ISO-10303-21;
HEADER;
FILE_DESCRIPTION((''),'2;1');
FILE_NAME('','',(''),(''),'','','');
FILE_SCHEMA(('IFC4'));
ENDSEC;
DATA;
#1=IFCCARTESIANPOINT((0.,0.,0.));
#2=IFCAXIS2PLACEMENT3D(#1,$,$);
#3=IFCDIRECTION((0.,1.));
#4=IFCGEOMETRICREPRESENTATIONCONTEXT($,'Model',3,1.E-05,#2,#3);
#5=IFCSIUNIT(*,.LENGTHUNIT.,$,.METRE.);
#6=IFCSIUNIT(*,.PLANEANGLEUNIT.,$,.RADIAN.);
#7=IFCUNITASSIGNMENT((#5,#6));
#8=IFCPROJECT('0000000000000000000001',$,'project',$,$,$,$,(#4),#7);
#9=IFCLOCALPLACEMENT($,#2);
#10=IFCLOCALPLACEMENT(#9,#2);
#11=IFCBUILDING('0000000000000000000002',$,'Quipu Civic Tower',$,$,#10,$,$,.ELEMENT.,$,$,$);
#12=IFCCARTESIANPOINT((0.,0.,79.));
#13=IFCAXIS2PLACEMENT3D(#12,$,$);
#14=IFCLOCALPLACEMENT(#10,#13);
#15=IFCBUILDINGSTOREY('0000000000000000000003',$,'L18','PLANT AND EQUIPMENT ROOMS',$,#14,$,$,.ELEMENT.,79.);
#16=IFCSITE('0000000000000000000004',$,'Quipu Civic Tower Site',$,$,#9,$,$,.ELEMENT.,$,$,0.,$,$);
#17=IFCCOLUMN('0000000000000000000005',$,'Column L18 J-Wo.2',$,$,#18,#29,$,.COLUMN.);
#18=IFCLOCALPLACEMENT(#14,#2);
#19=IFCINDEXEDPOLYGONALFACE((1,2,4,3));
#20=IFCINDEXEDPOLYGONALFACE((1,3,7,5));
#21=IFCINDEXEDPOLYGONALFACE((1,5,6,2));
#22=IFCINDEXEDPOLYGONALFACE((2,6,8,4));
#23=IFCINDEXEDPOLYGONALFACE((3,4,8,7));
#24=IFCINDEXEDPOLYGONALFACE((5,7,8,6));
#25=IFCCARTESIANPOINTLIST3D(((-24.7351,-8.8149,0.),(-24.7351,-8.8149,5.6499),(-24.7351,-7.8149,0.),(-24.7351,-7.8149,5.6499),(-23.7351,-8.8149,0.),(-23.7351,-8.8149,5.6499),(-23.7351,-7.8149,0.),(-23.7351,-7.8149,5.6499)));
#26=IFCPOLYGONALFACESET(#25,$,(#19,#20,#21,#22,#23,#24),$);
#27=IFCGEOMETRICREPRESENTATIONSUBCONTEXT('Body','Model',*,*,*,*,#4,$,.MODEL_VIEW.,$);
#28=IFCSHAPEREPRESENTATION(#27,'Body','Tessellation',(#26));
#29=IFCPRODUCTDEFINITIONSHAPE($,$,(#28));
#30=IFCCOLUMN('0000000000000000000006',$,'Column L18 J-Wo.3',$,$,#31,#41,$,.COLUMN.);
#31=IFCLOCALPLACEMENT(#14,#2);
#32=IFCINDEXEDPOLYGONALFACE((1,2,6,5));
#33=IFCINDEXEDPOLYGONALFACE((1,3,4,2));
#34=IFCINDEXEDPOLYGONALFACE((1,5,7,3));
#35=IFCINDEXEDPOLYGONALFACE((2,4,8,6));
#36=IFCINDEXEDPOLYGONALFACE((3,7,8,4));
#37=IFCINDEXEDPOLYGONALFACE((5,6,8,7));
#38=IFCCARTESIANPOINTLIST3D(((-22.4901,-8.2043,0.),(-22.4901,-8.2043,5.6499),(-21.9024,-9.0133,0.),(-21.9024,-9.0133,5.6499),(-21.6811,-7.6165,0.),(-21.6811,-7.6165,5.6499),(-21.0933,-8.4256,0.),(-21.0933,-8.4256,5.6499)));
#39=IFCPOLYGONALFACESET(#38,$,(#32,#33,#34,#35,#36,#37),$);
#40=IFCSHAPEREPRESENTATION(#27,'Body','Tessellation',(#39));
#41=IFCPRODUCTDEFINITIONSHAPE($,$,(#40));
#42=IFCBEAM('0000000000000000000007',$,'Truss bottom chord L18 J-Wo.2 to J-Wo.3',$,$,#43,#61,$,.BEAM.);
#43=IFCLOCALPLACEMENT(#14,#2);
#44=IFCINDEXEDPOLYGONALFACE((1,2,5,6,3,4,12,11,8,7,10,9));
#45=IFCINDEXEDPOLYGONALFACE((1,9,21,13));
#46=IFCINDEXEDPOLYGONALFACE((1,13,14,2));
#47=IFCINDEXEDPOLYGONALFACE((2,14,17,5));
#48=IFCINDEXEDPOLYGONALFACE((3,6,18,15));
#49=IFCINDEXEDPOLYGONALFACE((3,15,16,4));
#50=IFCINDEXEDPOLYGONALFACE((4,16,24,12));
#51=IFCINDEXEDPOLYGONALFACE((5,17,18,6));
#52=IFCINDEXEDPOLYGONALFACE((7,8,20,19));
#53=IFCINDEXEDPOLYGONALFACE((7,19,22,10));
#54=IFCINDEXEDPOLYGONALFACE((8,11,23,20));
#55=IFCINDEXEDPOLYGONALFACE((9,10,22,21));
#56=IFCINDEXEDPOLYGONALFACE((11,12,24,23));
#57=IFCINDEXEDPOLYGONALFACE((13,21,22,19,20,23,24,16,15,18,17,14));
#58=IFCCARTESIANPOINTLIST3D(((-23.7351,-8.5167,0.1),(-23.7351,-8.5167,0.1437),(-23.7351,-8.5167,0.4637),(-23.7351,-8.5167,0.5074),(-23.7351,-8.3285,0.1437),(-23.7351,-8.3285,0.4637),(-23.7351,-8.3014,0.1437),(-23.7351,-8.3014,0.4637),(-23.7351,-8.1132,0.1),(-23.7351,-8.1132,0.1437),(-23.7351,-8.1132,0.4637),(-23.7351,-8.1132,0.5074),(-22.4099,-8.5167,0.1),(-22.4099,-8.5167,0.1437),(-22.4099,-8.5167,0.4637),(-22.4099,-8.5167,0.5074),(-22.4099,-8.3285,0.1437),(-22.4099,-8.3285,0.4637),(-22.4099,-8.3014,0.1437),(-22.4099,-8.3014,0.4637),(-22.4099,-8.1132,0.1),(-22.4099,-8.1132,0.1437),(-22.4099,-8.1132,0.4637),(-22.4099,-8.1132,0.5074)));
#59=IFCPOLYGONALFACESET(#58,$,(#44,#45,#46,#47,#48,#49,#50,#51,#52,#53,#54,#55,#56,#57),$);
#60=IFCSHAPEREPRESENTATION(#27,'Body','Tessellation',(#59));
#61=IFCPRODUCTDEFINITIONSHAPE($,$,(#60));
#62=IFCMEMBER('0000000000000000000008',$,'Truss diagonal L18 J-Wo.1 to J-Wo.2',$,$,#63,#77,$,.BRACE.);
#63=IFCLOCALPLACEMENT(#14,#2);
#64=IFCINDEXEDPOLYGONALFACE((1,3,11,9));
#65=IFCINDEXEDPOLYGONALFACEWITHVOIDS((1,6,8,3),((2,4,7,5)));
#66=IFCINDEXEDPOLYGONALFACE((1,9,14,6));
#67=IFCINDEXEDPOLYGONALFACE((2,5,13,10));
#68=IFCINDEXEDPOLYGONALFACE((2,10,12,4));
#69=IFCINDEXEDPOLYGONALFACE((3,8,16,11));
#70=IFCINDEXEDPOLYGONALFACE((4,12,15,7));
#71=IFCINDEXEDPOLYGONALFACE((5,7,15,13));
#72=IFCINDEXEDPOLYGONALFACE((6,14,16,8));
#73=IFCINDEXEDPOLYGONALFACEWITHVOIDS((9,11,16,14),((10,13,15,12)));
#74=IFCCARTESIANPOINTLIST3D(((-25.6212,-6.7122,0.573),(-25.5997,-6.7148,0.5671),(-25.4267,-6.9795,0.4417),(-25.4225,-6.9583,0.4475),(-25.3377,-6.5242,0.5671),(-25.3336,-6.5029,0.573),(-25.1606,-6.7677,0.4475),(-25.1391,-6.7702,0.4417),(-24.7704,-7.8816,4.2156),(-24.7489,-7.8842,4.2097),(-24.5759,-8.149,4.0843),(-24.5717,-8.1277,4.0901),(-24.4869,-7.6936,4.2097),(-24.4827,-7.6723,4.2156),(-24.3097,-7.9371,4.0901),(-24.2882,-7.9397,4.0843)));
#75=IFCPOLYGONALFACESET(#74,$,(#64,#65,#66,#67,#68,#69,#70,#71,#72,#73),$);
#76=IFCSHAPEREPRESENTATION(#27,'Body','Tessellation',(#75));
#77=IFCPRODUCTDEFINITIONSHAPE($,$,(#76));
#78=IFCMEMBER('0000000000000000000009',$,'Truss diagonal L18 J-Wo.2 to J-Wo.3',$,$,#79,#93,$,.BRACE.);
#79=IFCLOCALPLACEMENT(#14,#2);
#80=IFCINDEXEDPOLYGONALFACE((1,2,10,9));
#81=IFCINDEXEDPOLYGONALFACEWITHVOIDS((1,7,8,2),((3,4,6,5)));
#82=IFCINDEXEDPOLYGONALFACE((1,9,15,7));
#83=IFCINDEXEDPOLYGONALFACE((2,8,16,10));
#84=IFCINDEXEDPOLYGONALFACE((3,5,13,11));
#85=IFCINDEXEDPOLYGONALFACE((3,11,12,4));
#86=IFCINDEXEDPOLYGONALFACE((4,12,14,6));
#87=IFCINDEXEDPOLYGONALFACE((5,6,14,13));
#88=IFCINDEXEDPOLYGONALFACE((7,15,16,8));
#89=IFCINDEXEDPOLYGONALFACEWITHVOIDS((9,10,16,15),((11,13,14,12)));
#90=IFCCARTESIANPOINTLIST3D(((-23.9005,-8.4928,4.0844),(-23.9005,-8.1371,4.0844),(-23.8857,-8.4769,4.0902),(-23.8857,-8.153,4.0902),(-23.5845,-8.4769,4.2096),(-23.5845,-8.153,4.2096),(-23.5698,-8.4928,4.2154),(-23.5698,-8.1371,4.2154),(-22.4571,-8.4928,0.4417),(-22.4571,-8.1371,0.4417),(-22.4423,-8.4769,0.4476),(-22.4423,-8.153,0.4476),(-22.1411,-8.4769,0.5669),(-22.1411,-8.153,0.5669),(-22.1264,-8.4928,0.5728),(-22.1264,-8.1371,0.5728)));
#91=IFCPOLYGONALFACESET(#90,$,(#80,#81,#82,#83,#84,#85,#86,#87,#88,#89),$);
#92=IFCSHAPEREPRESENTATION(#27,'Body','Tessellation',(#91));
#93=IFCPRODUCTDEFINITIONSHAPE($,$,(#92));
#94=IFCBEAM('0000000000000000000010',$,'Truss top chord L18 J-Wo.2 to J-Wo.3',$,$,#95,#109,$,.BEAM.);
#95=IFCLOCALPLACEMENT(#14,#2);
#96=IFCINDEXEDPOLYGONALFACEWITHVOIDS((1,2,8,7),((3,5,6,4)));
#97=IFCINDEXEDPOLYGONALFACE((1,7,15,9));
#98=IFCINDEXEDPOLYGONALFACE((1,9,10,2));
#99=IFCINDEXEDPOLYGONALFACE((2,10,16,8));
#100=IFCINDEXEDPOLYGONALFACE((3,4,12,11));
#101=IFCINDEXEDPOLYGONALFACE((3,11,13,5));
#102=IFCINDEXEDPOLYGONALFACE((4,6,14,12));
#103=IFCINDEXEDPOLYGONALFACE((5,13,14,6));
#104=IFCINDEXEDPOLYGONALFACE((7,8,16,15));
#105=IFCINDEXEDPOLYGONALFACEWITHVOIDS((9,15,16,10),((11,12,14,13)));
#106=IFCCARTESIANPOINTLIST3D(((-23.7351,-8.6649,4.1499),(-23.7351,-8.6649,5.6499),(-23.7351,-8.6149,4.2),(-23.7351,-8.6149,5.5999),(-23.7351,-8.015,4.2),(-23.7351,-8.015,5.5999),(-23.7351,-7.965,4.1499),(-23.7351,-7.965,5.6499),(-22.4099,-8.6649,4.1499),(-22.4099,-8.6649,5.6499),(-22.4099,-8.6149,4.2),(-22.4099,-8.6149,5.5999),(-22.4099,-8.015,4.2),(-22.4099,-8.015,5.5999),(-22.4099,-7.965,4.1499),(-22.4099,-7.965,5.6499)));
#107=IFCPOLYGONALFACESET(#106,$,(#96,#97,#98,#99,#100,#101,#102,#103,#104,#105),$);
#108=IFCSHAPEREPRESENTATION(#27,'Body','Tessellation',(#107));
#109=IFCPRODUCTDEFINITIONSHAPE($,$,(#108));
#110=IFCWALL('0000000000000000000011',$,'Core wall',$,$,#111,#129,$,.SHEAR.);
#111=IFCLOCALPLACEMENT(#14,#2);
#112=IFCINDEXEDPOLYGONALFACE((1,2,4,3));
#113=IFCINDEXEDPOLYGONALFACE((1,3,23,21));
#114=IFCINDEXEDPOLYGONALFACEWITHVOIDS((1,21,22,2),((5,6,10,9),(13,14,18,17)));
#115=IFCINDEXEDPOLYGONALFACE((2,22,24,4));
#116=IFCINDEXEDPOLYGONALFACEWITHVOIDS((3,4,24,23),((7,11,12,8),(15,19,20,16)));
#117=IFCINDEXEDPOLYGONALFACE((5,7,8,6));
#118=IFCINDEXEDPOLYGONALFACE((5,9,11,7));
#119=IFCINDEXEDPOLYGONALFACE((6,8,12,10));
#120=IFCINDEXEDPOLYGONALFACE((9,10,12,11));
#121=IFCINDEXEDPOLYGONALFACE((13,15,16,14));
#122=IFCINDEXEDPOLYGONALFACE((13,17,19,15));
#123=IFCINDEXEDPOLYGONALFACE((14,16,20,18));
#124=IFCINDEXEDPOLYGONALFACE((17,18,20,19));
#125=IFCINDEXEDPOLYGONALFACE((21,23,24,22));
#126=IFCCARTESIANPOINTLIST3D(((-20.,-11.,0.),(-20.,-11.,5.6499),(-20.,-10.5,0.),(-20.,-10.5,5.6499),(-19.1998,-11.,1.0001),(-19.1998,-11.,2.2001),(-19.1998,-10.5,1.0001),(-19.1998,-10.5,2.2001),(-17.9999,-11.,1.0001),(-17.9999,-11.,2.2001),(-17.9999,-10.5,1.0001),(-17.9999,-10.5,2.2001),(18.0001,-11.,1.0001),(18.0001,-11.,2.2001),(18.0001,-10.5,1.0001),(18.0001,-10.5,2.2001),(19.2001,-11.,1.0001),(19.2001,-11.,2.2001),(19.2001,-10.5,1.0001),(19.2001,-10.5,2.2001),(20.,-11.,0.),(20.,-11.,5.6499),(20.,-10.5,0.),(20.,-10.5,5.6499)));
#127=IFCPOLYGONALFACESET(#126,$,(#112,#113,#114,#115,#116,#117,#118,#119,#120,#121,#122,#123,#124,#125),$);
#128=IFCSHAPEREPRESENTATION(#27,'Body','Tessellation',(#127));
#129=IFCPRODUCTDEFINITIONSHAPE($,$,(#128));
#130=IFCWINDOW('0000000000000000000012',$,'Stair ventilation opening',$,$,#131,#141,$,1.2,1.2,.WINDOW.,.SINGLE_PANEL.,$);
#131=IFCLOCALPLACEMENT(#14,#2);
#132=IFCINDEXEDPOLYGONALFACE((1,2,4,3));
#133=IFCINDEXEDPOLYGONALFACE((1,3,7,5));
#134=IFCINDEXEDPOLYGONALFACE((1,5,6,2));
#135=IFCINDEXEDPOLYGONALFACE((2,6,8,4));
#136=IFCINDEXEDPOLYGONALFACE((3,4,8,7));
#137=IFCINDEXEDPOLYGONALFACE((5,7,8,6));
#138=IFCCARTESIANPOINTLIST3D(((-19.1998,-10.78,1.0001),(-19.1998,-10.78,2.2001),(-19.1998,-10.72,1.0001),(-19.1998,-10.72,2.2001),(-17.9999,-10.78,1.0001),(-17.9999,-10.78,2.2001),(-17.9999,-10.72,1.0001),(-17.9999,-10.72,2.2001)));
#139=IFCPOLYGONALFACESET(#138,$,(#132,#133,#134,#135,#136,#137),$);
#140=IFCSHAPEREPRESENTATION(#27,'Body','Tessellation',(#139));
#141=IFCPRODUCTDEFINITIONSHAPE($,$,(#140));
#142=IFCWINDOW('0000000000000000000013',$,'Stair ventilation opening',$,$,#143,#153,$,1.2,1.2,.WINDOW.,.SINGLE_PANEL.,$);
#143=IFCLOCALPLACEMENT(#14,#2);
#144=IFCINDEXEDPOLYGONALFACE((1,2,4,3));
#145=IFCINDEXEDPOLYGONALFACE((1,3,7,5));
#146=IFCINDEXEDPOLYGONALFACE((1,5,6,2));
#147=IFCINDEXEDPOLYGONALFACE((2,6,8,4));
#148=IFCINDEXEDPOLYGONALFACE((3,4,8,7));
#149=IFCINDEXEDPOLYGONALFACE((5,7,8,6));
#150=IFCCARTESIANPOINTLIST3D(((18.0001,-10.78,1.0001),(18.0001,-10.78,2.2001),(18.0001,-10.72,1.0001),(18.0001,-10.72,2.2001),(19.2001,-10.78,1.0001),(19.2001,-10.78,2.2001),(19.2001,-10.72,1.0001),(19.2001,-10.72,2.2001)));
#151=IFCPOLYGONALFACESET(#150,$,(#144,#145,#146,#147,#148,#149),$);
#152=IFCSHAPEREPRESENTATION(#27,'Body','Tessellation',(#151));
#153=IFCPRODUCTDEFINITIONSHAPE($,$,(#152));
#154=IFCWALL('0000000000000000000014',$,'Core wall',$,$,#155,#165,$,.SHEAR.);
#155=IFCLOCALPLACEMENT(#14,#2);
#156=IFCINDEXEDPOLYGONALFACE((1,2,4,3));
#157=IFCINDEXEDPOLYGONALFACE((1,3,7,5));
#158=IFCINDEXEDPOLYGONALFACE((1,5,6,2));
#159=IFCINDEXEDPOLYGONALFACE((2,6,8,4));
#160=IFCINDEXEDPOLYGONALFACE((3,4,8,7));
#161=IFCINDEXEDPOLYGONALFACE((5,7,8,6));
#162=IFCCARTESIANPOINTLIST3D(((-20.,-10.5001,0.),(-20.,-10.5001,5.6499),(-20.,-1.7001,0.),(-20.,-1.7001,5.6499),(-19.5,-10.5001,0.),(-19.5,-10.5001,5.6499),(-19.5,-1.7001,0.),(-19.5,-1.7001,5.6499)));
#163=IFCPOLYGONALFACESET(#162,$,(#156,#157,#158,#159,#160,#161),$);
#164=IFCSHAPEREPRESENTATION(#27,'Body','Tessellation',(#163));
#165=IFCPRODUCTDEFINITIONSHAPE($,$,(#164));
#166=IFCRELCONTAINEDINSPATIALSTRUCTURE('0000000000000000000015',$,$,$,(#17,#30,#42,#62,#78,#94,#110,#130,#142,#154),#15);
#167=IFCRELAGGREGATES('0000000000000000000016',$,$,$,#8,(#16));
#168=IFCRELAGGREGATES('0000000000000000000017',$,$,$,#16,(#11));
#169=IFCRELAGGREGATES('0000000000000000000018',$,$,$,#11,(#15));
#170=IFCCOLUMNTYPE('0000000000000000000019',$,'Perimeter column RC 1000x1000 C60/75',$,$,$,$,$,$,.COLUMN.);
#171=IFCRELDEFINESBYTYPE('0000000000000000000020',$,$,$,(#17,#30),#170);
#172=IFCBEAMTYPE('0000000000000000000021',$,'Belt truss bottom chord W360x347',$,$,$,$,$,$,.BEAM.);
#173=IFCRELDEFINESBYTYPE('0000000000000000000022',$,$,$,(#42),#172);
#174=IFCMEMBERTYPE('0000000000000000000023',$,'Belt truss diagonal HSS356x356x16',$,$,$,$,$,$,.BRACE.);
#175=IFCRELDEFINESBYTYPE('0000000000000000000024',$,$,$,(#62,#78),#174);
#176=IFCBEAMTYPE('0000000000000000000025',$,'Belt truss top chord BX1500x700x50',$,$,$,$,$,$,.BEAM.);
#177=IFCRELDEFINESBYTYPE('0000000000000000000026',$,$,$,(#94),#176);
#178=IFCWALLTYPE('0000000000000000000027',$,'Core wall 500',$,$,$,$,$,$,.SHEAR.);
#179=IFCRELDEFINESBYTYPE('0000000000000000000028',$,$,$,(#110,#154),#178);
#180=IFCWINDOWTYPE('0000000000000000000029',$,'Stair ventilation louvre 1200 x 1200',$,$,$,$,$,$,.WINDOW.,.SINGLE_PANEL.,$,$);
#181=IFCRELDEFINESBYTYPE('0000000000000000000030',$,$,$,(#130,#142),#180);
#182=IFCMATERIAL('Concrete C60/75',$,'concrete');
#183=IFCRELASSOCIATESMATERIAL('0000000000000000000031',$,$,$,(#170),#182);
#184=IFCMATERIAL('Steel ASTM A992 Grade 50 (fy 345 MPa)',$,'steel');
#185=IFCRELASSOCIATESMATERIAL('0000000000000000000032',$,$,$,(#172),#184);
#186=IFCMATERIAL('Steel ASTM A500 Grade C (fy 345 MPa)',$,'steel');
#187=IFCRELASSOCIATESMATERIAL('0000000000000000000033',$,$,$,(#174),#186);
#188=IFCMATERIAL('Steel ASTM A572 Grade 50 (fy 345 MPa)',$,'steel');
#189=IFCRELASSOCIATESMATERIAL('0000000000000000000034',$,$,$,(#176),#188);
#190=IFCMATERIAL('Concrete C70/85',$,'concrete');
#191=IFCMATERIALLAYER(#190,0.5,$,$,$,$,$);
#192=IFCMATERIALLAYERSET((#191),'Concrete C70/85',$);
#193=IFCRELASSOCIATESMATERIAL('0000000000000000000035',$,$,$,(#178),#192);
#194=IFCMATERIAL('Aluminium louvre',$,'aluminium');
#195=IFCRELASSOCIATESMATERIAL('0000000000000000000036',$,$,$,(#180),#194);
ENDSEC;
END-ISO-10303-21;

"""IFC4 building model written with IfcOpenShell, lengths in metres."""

from ifc_helpers import new_model, si_unit, direction, frame, frame_2d, origin, origin_2d, place, context, subcontext, project, spatial, rectangle, hollow_rectangle, i_section, extrude, material, layer, layer_set, material_profile, profile_set, type_object, element, fill, save


model = new_model("IFC4")

# Units and contexts
model_context = context("Model", 3, precision=1e-05, world=origin(), true_north=direction((0.0, 1.0)))
body_context = subcontext(model_context, "Body", "Model", "MODEL_VIEW")
ifc_project = project(units=[si_unit("LENGTHUNIT", "METRE"), si_unit("PLANEANGLEUNIT", "RADIAN")], contexts=[model_context])

# Site, building, storey
site_placement = place(None, origin())
site = spatial("IfcSite", under=ifc_project, at=site_placement, Name="Quipu Civic Tower Site", CompositionType="ELEMENT", RefElevation=0.0)
building_placement = place(site_placement, origin())
building = spatial("IfcBuilding", under=site, at=building_placement, Name="Quipu Civic Tower", CompositionType="ELEMENT")
storey_placement = place(building_placement, frame((0.0, 0.0, 79.0)))
storey = spatial("IfcBuildingStorey", under=building, at=storey_placement, Name="L18", Description="PLANT AND EQUIPMENT ROOMS", CompositionType="ELEMENT", Elevation=79.0)

# Columns
ifc_material_1 = material(Name="Concrete C60/75", Category="concrete")
ifc_material_profile_1 = material_profile(ifc_material_1, rectangle(XDim=1.0, YDim=1.0, at=origin_2d()), Name="RC1000x1000")
ifc_profile_set_1 = profile_set([ifc_material_profile_1], Name="Concrete C60/75")
column_type = type_object("IfcColumnType", Name="Perimeter column RC 1000x1000 C60/75", PredefinedType="COLUMN", material=ifc_profile_set_1)
for number, where, z_axis, x_axis, name in (
    (1, (-24.2351, -8.3149, 0.0), (0.0, 0.0, 1.0), (1.0, 0.0, 0.0), "Column L18 J-Wo.2"),
    (2, (-21.7917, -8.3149, 0.0), (0.0, 0.0, 1.0), (0.587785, -0.809017, 0.0), "Column L18 J-Wo.3"),
):
    element("IfcColumn", number, at=place(storey_placement, frame(where, z_axis=z_axis, x_axis=x_axis)), inside=storey, type_object=column_type, Name=name, PredefinedType="COLUMN", context=body_context, shape_type="SweptSolid", body=[
        extrude(rectangle(XDim=1.0, YDim=1.0, at=origin_2d()), origin(), (0.0, 0.0, 1.0), 5.6499),
    ])

# Beam
ifc_material_2 = material(Name="Steel ASTM A992 Grade 50 (fy 345 MPa)", Category="steel")
ifc_material_profile_2 = material_profile(ifc_material_2, i_section(OverallWidth=0.4036, OverallDepth=0.4075, WebThickness=0.0271, FlangeThickness=0.0437, at=origin_2d()), Name="W360x347")
ifc_profile_set_2 = profile_set([ifc_material_profile_2], Name="Steel ASTM A992 Grade 50 (fy 345 MPa)")
beam_type_1 = type_object("IfcBeamType", Name="Belt truss bottom chord W360x347", PredefinedType="BEAM", material=ifc_profile_set_2)
beam_1_placement = place(storey_placement, frame((-23.7351, -8.3149, 0.3037), z_axis=(1.0, 0.0, 0.0), x_axis=(0.0, 1.0, 0.0)))
element("IfcBeam", 3, at=beam_1_placement, inside=storey, type_object=beam_type_1, Name="Truss bottom chord L18 J-Wo.2 to J-Wo.3", PredefinedType="BEAM", context=body_context, shape_type="SweptSolid", body=[
    extrude(i_section(OverallWidth=0.4036, OverallDepth=0.4075, WebThickness=0.0271, FlangeThickness=0.0437, at=origin_2d()), origin(), (0.0, 0.0, 1.0), 1.3252),
])

# Members
ifc_material_3 = material(Name="Steel ASTM A500 Grade C (fy 345 MPa)", Category="steel")
ifc_material_profile_3 = material_profile(ifc_material_3, hollow_rectangle(XDim=0.3557, YDim=0.3557, WallThickness=0.0159, at=origin_2d()), Name="HSS356x356x16")
ifc_profile_set_3 = profile_set([ifc_material_profile_3], Name="Steel ASTM A500 Grade C (fy 345 MPa)")
member_type = type_object("IfcMemberType", Name="Belt truss diagonal HSS356x356x16", PredefinedType="BRACE", material=ifc_profile_set_3)
member_1_placement = place(storey_placement, frame((-25.3801, -6.7412, 0.5073), z_axis=(0.217095, -0.298388, 0.929427), x_axis=(0.808627, 0.588322, 0.0)))
element("IfcMember", 4, at=member_1_placement, inside=storey, type_object=member_type, Name="Truss diagonal L18 J-Wo.1 to J-Wo.2", PredefinedType="BRACE", context=body_context, shape_type="SweptSolid", body=[
    extrude(hollow_rectangle(XDim=0.3557, YDim=0.3557, WallThickness=0.0159, at=origin_2d()), origin(), (0.0, 0.0, 1.0), 3.9192),
])
member_2_placement = place(storey_placement, frame((-23.7351, -8.3149, 4.1499), z_axis=(0.368381, 0.0, -0.929675), x_axis=(0.0, 1.0, 0.0)))
element("IfcMember", 5, at=member_2_placement, inside=storey, type_object=member_type, Name="Truss diagonal L18 J-Wo.2 to J-Wo.3", PredefinedType="BRACE", context=body_context, shape_type="SweptSolid", body=[
    extrude(hollow_rectangle(XDim=0.3557, YDim=0.3557, WallThickness=0.0159, at=origin_2d()), origin(), (0.0, 0.0, 1.0), 3.9182),
])

# Beam
ifc_material_4 = material(Name="Steel ASTM A572 Grade 50 (fy 345 MPa)", Category="steel")
ifc_material_profile_4 = material_profile(ifc_material_4, hollow_rectangle(XDim=0.7, YDim=1.5, WallThickness=0.05, at=origin_2d()), Name="BX1500x700x50")
ifc_profile_set_4 = profile_set([ifc_material_profile_4], Name="Steel ASTM A572 Grade 50 (fy 345 MPa)")
beam_type_2 = type_object("IfcBeamType", Name="Belt truss top chord BX1500x700x50", PredefinedType="BEAM", material=ifc_profile_set_4)
beam_2_placement = place(storey_placement, frame((-23.7351, -8.3149, 4.8999), z_axis=(1.0, 0.0, 0.0), x_axis=(0.0, 1.0, 0.0)))
element("IfcBeam", 6, at=beam_2_placement, inside=storey, type_object=beam_type_2, Name="Truss top chord L18 J-Wo.2 to J-Wo.3", PredefinedType="BEAM", context=body_context, shape_type="SweptSolid", body=[
    extrude(hollow_rectangle(XDim=0.7, YDim=1.5, WallThickness=0.05, at=origin_2d()), origin(), (0.0, 0.0, 1.0), 1.3252),
])

# Wall, openings, windows
ifc_material_5 = material(Name="Concrete C70/85", Category="concrete")
ifc_layer_1 = layer(ifc_material_5, 0.5)
ifc_layer_set_1 = layer_set([ifc_layer_1], Name="Concrete C70/85")
wall_type_1 = type_object("IfcWallType", Name="Core wall 500", PredefinedType="SHEAR", material=ifc_layer_set_1)
wall_1_placement = place(storey_placement, frame((-20.0, -10.75, 0.0), z_axis=(0.0, 0.0, 1.0), x_axis=(1.0, 0.0, 0.0)))
wall_1 = element("IfcWall", 7, at=wall_1_placement, inside=storey, type_object=wall_type_1, Name="Core wall", PredefinedType="SHEAR", context=body_context, shape_type="SweptSolid", body=[
    extrude(rectangle(XDim=40.0, YDim=0.5, at=frame_2d((20.0, 0.0))), origin(), (0.0, 0.0, 1.0), 5.6499),
])
opening_1_placement = place(wall_1_placement, frame((0.8, 0.0, 1.0)))
opening_1 = element("IfcOpeningElement", 8, at=opening_1_placement, cuts=wall_1, PredefinedType="OPENING", context=body_context, shape_type="SweptSolid", body=[
    extrude(rectangle(XDim=1.2, YDim=1.2, at=frame_2d((0.6001, 0.6001))), frame((0.0, 0.26, 0.0), z_axis=(0.0, -1.0, 0.0), x_axis=(1.0, 0.0, 0.0)), (0.0, 0.0, 1.0), 0.52),
])
opening_2_placement = place(wall_1_placement, frame((38.0, 0.0, 1.0)))
opening_2 = element("IfcOpeningElement", 9, at=opening_2_placement, cuts=wall_1, PredefinedType="OPENING", context=body_context, shape_type="SweptSolid", body=[
    extrude(rectangle(XDim=1.2, YDim=1.2, at=frame_2d((0.6001, 0.6001))), frame((0.0, 0.26, 0.0), z_axis=(0.0, -1.0, 0.0), x_axis=(1.0, 0.0, 0.0)), (0.0, 0.0, 1.0), 0.52),
])
ifc_material_6 = material(Name="Aluminium louvre", Category="aluminium")
window_type = type_object("IfcWindowType", Name="Stair ventilation louvre 1200 x 1200", PartitioningType="SINGLE_PANEL", PredefinedType="WINDOW", material=ifc_material_6)
window_1_placement = place(opening_1_placement, origin())
window_1 = element("IfcWindow", 10, at=window_1_placement, inside=storey, type_object=window_type, Name="Stair ventilation opening", OverallHeight=1.2, OverallWidth=1.2, PartitioningType="SINGLE_PANEL", PredefinedType="WINDOW", context=body_context, shape_type="SweptSolid", body=[
    extrude(rectangle(XDim=1.2, YDim=1.2, at=frame_2d((0.6001, 0.6001))), frame((0.0, 0.03, 0.0), z_axis=(0.0, -1.0, 0.0), x_axis=(1.0, 0.0, 0.0)), (0.0, 0.0, 1.0), 0.0601),
])
fill(opening_1, window_1)
window_2_placement = place(opening_2_placement, origin())
window_2 = element("IfcWindow", 11, at=window_2_placement, inside=storey, type_object=window_type, Name="Stair ventilation opening", OverallHeight=1.2, OverallWidth=1.2, PartitioningType="SINGLE_PANEL", PredefinedType="WINDOW", context=body_context, shape_type="SweptSolid", body=[
    extrude(rectangle(XDim=1.2, YDim=1.2, at=frame_2d((0.6001, 0.6001))), frame((0.0, 0.03, 0.0), z_axis=(0.0, -1.0, 0.0), x_axis=(1.0, 0.0, 0.0)), (0.0, 0.0, 1.0), 0.0601),
])
fill(opening_2, window_2)

# Wall
wall_2_placement = place(storey_placement, frame((-19.75, -10.5, 0.0), z_axis=(0.0, 0.0, 1.0), x_axis=(0.0, 1.0, 0.0)))
element("IfcWall", 12, at=wall_2_placement, inside=storey, type_object=wall_type_1, Name="Core wall", PredefinedType="SHEAR", context=body_context, shape_type="SweptSolid", body=[
    extrude(rectangle(XDim=8.8, YDim=0.5, at=frame_2d((4.3999, 0.0))), origin(), (0.0, 0.0, 1.0), 5.6499),
])

save(model, "model.ifc")
